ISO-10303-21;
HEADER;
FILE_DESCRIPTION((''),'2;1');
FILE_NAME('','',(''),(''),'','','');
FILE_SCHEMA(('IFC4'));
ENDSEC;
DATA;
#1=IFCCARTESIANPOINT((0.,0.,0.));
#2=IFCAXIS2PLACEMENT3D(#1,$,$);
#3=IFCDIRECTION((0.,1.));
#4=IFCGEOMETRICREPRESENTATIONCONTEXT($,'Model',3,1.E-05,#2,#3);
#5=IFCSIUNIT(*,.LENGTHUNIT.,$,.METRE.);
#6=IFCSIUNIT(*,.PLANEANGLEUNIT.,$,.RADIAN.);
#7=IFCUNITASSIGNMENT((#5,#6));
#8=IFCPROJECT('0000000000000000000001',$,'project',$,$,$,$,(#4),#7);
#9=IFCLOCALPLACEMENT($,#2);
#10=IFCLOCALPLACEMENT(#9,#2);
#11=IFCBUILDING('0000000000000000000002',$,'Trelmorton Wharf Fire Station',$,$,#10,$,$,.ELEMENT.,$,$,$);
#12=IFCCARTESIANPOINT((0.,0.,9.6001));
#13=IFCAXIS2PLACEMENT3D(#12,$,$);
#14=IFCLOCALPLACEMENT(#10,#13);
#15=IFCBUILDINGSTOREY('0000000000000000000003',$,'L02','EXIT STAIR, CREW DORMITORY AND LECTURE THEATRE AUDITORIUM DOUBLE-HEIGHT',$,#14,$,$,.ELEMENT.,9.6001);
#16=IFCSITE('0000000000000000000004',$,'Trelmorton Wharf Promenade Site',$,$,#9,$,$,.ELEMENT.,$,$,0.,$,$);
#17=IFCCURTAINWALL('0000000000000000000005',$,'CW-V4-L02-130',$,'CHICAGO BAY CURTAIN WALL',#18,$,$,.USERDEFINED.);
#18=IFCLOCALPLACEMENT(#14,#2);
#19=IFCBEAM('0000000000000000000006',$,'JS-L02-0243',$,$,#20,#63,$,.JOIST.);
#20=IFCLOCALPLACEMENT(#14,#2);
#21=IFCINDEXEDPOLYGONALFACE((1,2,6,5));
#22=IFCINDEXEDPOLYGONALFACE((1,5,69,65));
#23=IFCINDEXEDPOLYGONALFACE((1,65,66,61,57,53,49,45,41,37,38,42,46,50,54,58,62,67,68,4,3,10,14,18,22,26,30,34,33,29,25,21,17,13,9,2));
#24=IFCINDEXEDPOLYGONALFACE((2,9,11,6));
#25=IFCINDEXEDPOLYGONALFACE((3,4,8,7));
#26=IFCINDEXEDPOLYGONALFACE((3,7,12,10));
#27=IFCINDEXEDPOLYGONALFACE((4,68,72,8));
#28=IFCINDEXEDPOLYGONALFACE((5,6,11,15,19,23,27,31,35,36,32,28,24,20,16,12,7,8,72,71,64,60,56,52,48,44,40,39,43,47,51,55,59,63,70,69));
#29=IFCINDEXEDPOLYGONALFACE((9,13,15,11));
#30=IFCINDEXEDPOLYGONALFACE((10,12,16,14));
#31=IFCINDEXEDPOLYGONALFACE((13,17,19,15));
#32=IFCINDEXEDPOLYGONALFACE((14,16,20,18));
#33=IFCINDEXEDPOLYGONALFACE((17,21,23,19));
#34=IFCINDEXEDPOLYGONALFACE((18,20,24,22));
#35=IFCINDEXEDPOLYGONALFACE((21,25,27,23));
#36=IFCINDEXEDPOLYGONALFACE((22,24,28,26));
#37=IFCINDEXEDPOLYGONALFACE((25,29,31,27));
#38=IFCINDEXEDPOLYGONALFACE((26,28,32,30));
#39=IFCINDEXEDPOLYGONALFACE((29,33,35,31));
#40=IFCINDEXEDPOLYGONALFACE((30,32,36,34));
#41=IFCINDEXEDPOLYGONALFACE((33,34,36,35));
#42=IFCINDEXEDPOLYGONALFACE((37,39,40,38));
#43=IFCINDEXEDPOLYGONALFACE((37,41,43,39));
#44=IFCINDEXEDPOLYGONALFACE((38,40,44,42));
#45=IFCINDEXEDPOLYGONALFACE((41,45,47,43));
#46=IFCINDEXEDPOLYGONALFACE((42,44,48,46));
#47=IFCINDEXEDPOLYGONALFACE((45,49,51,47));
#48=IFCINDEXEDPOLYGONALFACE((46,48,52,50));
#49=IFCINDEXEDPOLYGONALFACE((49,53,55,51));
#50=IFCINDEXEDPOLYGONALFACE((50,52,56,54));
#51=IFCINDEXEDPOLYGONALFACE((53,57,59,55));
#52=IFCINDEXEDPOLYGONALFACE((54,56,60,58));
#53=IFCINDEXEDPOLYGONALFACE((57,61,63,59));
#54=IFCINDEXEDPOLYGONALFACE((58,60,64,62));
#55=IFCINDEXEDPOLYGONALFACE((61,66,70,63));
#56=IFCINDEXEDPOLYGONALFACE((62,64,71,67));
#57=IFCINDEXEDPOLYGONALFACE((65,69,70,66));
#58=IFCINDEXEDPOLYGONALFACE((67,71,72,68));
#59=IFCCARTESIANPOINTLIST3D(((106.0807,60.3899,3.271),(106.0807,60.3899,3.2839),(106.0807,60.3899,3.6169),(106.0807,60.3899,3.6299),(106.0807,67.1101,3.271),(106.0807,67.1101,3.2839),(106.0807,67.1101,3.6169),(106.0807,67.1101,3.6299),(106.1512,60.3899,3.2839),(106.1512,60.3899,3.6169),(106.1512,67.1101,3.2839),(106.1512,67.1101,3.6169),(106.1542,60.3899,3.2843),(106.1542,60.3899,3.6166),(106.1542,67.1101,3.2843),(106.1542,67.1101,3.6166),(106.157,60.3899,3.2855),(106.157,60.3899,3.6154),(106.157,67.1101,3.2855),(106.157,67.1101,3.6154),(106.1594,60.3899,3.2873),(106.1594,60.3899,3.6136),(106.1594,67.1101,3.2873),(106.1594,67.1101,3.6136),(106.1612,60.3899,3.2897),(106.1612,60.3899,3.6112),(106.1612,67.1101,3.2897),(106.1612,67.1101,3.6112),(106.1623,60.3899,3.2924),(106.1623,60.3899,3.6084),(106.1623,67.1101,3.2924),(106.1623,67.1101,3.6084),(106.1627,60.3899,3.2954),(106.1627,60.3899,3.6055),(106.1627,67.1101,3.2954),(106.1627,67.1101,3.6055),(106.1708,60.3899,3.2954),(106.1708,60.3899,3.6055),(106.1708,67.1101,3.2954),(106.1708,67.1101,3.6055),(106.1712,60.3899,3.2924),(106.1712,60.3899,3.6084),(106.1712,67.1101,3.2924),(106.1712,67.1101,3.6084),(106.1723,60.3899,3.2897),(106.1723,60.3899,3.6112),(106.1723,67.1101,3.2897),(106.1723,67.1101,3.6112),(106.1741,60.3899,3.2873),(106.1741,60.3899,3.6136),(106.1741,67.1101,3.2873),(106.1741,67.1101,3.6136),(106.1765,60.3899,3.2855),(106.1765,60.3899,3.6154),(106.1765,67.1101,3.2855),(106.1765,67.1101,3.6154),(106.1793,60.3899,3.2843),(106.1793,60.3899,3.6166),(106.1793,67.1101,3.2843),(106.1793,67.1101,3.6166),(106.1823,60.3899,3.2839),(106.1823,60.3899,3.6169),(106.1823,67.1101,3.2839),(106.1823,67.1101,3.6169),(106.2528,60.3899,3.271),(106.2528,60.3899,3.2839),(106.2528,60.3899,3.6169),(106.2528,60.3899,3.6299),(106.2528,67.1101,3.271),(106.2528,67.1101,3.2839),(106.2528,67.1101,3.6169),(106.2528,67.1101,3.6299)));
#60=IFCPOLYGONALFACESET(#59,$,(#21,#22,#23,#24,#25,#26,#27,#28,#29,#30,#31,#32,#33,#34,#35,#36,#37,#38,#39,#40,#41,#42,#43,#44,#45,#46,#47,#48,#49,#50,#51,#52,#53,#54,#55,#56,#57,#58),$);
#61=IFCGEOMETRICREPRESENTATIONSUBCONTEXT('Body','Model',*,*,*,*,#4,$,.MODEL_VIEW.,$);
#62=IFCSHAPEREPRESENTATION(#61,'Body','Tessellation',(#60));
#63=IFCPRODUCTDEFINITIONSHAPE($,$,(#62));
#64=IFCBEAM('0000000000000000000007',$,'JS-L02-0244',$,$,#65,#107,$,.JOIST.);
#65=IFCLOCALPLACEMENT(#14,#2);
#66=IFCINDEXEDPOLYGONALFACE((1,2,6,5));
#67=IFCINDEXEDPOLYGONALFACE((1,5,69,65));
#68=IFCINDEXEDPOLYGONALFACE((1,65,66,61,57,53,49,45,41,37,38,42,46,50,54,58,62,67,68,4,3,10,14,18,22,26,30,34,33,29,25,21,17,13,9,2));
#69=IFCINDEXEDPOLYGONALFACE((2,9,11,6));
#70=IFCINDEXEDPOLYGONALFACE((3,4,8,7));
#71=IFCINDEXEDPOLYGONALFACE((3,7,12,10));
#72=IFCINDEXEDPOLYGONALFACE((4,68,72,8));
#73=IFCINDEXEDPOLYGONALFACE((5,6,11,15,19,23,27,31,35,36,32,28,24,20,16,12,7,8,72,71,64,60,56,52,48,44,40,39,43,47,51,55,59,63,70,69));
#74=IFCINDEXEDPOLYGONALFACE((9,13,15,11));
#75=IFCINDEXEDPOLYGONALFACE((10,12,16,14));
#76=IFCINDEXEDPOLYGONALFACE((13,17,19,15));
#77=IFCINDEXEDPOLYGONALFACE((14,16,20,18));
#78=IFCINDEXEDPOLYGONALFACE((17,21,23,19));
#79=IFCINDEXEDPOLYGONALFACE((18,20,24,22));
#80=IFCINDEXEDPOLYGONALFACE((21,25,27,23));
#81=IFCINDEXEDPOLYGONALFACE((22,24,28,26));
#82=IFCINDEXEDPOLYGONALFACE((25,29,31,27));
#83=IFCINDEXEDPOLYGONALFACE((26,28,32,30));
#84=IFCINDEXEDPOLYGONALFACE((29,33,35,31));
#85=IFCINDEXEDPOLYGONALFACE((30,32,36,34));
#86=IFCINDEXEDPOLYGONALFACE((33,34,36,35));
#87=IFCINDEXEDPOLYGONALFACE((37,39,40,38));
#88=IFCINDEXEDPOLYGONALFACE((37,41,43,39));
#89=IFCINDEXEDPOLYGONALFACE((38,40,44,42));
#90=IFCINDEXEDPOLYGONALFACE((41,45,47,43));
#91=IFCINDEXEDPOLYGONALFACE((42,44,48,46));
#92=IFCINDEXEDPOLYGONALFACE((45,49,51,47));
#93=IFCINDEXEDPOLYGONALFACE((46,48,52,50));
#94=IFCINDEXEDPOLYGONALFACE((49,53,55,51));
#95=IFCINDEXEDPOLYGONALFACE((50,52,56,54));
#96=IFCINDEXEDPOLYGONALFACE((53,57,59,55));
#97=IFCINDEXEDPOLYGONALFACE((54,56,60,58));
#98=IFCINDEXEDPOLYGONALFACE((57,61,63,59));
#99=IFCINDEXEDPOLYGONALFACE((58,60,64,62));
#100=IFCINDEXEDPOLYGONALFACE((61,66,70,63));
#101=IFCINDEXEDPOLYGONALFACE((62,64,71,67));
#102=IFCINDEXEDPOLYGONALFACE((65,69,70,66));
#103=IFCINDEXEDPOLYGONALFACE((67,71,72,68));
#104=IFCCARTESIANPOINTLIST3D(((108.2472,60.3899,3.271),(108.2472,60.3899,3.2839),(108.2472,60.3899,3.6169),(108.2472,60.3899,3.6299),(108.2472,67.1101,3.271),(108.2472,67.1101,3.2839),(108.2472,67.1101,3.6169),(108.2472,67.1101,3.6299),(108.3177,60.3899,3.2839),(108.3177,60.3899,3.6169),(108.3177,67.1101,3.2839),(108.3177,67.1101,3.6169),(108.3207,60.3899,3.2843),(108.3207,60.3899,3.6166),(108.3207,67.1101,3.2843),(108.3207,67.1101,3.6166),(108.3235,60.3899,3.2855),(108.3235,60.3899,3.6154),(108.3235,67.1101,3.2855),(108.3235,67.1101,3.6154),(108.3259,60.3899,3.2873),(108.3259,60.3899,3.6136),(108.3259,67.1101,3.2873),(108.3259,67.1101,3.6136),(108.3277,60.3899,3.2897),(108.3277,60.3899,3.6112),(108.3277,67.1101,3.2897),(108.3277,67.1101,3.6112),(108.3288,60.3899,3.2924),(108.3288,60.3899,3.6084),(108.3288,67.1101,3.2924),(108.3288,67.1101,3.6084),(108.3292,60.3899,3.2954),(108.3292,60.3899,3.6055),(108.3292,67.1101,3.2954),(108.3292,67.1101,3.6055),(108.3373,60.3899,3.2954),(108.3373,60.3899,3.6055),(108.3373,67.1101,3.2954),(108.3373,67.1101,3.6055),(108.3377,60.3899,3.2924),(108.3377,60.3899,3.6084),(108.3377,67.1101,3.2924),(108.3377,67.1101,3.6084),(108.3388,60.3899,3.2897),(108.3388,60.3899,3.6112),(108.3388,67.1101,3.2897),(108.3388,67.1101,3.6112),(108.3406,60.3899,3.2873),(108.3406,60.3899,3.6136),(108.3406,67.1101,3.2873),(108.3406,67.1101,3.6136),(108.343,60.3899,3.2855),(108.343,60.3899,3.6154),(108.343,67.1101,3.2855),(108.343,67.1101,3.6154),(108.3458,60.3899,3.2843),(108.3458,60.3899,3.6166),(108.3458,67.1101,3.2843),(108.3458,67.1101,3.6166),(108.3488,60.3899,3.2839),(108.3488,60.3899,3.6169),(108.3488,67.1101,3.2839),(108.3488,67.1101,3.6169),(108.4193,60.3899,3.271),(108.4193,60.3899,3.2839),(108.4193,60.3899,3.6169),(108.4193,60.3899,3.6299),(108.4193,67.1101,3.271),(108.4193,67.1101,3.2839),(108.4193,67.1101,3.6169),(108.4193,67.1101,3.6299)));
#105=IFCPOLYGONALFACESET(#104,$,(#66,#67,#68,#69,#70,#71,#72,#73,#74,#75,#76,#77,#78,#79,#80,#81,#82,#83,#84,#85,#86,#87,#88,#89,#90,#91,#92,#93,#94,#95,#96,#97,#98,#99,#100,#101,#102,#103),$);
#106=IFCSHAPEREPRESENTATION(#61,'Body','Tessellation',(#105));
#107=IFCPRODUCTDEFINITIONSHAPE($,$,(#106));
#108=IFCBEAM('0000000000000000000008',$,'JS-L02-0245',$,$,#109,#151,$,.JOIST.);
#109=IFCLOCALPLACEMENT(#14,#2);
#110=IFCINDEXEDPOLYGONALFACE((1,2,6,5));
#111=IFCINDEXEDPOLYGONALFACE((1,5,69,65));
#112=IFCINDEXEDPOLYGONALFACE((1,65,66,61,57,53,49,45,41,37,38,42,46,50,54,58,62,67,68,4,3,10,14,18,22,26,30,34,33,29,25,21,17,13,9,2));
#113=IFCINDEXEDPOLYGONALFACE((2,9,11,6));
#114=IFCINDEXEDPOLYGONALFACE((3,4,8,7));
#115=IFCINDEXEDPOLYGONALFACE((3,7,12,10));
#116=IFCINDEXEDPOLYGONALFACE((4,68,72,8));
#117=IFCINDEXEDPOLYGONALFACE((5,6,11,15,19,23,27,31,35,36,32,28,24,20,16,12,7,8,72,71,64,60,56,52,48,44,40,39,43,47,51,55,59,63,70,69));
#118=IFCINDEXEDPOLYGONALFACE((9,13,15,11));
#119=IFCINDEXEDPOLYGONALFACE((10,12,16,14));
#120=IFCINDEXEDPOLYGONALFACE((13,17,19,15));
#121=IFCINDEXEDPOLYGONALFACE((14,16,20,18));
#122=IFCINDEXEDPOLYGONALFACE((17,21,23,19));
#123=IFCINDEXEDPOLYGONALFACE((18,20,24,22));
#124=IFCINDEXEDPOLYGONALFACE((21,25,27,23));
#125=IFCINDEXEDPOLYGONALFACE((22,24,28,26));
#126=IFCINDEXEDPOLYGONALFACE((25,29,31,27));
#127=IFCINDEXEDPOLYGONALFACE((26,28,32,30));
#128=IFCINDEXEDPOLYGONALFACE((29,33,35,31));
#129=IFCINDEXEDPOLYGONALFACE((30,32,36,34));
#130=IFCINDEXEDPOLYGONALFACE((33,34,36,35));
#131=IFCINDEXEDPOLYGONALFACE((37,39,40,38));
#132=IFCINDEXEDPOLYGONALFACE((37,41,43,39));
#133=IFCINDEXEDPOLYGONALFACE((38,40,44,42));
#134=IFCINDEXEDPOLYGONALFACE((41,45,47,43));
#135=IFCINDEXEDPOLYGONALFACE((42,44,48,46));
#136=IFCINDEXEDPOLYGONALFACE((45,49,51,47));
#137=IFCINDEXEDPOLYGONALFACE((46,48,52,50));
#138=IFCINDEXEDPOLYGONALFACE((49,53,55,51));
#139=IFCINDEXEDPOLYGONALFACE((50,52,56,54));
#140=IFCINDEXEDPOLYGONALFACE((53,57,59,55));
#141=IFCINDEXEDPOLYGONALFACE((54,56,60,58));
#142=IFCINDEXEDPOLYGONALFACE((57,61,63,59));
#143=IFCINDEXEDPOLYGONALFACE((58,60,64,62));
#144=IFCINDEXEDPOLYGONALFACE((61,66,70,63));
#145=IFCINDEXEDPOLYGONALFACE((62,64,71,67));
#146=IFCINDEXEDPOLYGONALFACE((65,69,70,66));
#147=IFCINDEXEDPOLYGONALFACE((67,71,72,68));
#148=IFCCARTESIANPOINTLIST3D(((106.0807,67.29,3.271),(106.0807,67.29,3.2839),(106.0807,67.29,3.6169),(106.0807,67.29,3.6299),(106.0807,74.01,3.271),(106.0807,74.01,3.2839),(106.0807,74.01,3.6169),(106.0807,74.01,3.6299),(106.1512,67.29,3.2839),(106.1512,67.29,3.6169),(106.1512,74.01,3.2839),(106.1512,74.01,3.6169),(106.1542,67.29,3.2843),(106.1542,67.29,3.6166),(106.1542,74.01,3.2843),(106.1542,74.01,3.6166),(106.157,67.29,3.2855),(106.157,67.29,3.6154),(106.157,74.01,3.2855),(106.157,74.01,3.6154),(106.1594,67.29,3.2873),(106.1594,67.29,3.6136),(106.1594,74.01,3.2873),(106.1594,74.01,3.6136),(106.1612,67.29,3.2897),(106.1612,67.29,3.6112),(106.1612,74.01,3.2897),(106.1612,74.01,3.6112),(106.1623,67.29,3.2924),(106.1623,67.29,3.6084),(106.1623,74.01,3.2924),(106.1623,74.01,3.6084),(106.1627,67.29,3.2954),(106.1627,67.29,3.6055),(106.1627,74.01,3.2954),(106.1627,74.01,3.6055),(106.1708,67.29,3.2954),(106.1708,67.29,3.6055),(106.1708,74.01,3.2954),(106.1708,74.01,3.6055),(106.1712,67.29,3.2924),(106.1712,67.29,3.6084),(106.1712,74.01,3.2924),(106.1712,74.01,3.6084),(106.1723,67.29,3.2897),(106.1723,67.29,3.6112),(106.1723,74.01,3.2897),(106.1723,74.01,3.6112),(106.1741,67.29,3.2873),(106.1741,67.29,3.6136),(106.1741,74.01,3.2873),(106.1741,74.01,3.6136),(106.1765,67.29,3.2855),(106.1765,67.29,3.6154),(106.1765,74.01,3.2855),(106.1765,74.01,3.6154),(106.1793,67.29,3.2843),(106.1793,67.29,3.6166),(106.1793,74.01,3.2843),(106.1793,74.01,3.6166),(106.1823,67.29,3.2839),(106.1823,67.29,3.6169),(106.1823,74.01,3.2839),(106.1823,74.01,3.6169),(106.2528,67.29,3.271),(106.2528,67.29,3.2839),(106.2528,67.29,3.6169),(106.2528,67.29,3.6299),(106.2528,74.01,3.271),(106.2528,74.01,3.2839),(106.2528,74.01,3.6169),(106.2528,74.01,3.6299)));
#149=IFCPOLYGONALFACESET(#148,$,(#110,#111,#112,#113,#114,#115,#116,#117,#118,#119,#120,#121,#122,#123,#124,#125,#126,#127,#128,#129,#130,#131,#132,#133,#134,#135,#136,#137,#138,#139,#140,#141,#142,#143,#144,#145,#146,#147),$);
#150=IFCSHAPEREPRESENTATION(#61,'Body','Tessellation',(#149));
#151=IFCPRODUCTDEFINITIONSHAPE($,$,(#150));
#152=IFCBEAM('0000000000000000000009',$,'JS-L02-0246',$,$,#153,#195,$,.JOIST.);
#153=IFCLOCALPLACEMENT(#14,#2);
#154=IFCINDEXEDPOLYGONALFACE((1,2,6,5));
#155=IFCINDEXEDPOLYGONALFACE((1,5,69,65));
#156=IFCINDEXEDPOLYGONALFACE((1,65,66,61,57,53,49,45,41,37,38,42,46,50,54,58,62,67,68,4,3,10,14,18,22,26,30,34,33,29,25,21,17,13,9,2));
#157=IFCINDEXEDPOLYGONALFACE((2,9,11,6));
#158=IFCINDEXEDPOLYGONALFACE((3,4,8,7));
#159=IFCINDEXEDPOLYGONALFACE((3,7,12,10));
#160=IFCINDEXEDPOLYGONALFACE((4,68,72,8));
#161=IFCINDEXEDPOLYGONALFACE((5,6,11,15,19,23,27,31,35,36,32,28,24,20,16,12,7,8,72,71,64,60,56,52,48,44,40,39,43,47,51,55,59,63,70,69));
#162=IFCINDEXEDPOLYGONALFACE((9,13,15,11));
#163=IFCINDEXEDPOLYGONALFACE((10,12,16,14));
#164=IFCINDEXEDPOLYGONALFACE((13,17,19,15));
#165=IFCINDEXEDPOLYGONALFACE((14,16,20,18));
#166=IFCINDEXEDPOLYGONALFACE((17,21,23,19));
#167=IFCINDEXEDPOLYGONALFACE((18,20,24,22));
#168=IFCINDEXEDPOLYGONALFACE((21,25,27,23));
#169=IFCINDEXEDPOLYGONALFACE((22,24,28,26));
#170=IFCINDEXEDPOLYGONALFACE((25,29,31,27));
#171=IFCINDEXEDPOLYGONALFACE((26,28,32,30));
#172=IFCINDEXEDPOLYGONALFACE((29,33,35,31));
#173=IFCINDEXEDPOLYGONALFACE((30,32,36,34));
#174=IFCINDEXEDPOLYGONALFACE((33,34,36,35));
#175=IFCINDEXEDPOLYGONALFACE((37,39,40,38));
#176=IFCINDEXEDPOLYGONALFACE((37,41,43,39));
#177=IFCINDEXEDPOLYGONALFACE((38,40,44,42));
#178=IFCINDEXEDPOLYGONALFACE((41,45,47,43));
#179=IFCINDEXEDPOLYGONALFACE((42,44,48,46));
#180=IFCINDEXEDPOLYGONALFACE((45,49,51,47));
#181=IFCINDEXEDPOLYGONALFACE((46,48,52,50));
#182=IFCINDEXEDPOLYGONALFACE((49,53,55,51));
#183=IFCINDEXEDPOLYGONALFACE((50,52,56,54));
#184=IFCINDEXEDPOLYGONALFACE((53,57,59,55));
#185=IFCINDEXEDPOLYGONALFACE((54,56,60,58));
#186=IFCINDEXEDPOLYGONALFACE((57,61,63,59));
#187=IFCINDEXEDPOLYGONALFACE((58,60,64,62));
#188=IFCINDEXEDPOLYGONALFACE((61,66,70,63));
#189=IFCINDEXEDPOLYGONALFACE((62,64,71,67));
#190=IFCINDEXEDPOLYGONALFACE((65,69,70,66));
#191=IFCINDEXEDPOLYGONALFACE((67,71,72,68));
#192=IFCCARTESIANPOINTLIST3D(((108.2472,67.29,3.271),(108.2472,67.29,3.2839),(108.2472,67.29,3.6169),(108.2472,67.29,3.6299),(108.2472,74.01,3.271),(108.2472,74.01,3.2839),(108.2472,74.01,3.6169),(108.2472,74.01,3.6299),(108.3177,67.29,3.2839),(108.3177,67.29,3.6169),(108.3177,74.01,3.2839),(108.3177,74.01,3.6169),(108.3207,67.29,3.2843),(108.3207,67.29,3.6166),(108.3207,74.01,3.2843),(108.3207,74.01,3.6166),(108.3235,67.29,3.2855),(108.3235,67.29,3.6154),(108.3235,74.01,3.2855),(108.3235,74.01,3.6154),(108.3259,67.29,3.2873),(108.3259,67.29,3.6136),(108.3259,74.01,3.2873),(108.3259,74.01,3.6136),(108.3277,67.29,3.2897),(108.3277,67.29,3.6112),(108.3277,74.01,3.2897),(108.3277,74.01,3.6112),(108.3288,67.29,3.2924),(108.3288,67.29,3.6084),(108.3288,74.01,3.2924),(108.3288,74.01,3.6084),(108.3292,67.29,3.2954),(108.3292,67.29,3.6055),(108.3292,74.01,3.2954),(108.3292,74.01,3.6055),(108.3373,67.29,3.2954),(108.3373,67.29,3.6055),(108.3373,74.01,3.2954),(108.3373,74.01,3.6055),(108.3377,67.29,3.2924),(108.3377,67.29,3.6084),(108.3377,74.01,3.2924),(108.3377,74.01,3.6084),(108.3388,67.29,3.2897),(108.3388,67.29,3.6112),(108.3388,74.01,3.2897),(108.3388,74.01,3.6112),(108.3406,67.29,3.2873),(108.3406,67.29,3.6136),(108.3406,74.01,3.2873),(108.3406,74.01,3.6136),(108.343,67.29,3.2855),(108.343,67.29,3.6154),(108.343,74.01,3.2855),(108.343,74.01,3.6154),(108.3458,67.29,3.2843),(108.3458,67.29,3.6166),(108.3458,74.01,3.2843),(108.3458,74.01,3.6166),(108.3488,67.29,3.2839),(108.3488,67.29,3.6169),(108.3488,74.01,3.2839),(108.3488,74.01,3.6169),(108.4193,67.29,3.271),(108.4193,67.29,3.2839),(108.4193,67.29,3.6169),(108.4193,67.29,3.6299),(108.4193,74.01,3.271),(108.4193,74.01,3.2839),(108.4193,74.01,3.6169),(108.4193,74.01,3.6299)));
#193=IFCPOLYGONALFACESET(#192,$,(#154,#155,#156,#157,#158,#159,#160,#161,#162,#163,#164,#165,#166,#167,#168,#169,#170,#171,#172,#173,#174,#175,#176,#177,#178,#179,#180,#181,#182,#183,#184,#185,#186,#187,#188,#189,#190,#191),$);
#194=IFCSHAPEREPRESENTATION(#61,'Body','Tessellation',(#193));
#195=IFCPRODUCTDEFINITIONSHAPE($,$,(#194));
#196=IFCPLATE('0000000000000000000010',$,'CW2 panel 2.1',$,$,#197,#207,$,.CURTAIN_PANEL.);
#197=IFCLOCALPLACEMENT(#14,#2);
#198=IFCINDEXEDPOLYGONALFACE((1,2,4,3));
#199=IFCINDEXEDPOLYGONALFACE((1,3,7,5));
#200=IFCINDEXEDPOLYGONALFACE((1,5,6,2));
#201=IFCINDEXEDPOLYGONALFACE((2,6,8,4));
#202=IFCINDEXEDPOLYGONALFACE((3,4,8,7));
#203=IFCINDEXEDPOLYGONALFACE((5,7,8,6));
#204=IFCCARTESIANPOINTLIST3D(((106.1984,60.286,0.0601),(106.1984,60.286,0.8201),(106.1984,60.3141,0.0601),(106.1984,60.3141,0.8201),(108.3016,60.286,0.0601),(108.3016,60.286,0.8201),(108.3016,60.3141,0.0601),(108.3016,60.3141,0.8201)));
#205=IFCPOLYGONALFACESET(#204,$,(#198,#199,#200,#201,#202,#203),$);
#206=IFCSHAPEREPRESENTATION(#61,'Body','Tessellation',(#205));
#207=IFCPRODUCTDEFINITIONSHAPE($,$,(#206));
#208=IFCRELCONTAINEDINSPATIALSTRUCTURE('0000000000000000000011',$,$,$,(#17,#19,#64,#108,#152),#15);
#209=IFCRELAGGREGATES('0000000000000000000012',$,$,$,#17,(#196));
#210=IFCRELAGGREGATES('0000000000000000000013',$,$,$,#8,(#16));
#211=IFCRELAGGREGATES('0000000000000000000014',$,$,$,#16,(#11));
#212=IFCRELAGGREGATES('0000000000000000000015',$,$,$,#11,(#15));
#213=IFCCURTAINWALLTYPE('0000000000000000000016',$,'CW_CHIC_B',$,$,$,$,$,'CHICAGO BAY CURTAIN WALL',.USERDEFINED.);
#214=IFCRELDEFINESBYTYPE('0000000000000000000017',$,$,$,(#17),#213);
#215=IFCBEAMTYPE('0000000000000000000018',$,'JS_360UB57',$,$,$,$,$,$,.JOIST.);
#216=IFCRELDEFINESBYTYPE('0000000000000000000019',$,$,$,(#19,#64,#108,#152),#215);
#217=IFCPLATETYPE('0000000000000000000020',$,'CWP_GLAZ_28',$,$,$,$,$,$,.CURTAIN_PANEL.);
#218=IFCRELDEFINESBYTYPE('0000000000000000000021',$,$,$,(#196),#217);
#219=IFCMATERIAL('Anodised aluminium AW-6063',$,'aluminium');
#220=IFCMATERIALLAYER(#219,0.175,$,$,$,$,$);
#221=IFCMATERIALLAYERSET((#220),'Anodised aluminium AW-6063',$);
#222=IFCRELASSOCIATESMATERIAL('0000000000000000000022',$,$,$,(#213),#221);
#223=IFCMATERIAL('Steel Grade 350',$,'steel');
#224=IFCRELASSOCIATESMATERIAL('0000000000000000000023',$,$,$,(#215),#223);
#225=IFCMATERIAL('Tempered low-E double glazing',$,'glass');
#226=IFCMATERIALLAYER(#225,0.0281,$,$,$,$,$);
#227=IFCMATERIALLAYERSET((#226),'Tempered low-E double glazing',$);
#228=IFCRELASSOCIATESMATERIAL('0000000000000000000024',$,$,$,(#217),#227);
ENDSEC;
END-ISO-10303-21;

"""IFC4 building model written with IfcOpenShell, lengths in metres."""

from ifc_helpers import new_model, si_unit, direction, frame, origin, origin_2d, place, context, subcontext, project, spatial, rectangle, i_section, extrude, material, layer, layer_set, material_profile, profile_set, type_object, element, aggregate, save


model = new_model("IFC4")

# Units and contexts
model_context = context("Model", 3, precision=1e-05, world=origin(), true_north=direction((0.0, 1.0)))
body_context = subcontext(model_context, "Body", "Model", "MODEL_VIEW")
ifc_project = project(units=[si_unit("LENGTHUNIT", "METRE"), si_unit("PLANEANGLEUNIT", "RADIAN")], contexts=[model_context])

# Site, building, storey
site_placement = place(None, origin())
site = spatial("IfcSite", under=ifc_project, at=site_placement, Name="Trelmorton Wharf Promenade Site", CompositionType="ELEMENT", RefElevation=0.0)
building_placement = place(site_placement, origin())
building = spatial("IfcBuilding", under=site, at=building_placement, Name="Trelmorton Wharf Fire Station", CompositionType="ELEMENT")
storey_placement = place(building_placement, frame((0.0, 0.0, 9.6001)))
storey = spatial("IfcBuildingStorey", under=building, at=storey_placement, Name="L02", Description="EXIT STAIR, CREW DORMITORY AND LECTURE THEATRE AUDITORIUM DOUBLE-HEIGHT", CompositionType="ELEMENT", Elevation=9.6001)

# Shared definitions
ifc_material_1 = material(Name="Steel Grade 350", Category="steel")

# Curtain wall
ifc_material_2 = material(Name="Anodised aluminium AW-6063", Category="aluminium")
ifc_layer_1 = layer(ifc_material_2, 0.175)
ifc_layer_set_1 = layer_set([ifc_layer_1], Name="Anodised aluminium AW-6063")
curtain_wall_type = type_object("IfcCurtainWallType", Name="CW_CHIC_B", ElementType="CHICAGO BAY CURTAIN WALL", PredefinedType="USERDEFINED", material=ifc_layer_set_1)
curtain_wall_placement = place(storey_placement, origin())
curtain_wall = element("IfcCurtainWall", 1, at=curtain_wall_placement, inside=storey, type_object=curtain_wall_type, Name="CW-V4-L02-130", ObjectType="CHICAGO BAY CURTAIN WALL", PredefinedType="USERDEFINED")

# Beams
ifc_material_profile_1 = material_profile(ifc_material_1, i_section(OverallWidth=0.1721, OverallDepth=0.3589, WebThickness=0.0081, FlangeThickness=0.0129, FilletRadius=0.0115, at=origin_2d()), Name="360UB56.7")
ifc_profile_set_1 = profile_set([ifc_material_profile_1], Name="Steel Grade 350")
beam_type_1 = type_object("IfcBeamType", Name="JS_360UB57", PredefinedType="JOIST", material=ifc_profile_set_1)
for number, where, z_axis, x_axis, name in (
    (2, (106.1667, 60.3899, 3.4504), (0.0, 1.0, 0.0), (-1.0, 0.0, 0.0), "JS-L02-0243"),
    (3, (108.3333, 60.3899, 3.4504), (0.0, 1.0, 0.0), (-1.0, 0.0, 0.0), "JS-L02-0244"),
):
    element("IfcBeam", number, at=place(storey_placement, frame(where, z_axis=z_axis, x_axis=x_axis)), inside=storey, type_object=beam_type_1, Name=name, PredefinedType="JOIST", context=body_context, shape_type="SweptSolid", body=[
        extrude(i_section(OverallWidth=0.1721, OverallDepth=0.3589, WebThickness=0.0081, FlangeThickness=0.0129, FilletRadius=0.0115, at=origin_2d()), origin(), (0.0, 0.0, 1.0), 6.7202),
    ])
for number, where, z_axis, x_axis, name in (
    (4, (106.1667, 67.29, 3.4504), (0.0, 1.0, 0.0), (-1.0, 0.0, 0.0), "JS-L02-0245"),
    (5, (108.3333, 67.29, 3.4504), (0.0, 1.0, 0.0), (-1.0, 0.0, 0.0), "JS-L02-0246"),
):
    element("IfcBeam", number, at=place(storey_placement, frame(where, z_axis=z_axis, x_axis=x_axis)), inside=storey, type_object=beam_type_1, Name=name, PredefinedType="JOIST", context=body_context, shape_type="SweptSolid", body=[
        extrude(i_section(OverallWidth=0.1721, OverallDepth=0.3589, WebThickness=0.0081, FlangeThickness=0.0129, FilletRadius=0.0115, at=origin_2d()), origin(), (0.0, 0.0, 1.0), 6.72),
    ])

# Plate
ifc_material_3 = material(Name="Tempered low-E double glazing", Category="glass")
ifc_layer_2 = layer(ifc_material_3, 0.0281)
ifc_layer_set_2 = layer_set([ifc_layer_2], Name="Tempered low-E double glazing")
plate_type = type_object("IfcPlateType", Name="CWP_GLAZ_28", PredefinedType="CURTAIN_PANEL", material=ifc_layer_set_2)
plate_1_placement = place(storey_placement, frame((107.25, 60.3, 0.0601), z_axis=(0.0, 0.0, 1.0), x_axis=(-1.0, 0.0, 0.0)))
plate_1 = element("IfcPlate", 6, at=plate_1_placement, type_object=plate_type, Name="CW2 panel 2.1", PredefinedType="CURTAIN_PANEL", context=body_context, shape_type="SweptSolid", body=[
    extrude(rectangle(XDim=2.1033, YDim=0.0281, at=origin_2d()), origin(), (0.0, 0.0, 1.0), 0.76),
])
aggregate(curtain_wall, [plate_1])

save(model, "model.ifc")
